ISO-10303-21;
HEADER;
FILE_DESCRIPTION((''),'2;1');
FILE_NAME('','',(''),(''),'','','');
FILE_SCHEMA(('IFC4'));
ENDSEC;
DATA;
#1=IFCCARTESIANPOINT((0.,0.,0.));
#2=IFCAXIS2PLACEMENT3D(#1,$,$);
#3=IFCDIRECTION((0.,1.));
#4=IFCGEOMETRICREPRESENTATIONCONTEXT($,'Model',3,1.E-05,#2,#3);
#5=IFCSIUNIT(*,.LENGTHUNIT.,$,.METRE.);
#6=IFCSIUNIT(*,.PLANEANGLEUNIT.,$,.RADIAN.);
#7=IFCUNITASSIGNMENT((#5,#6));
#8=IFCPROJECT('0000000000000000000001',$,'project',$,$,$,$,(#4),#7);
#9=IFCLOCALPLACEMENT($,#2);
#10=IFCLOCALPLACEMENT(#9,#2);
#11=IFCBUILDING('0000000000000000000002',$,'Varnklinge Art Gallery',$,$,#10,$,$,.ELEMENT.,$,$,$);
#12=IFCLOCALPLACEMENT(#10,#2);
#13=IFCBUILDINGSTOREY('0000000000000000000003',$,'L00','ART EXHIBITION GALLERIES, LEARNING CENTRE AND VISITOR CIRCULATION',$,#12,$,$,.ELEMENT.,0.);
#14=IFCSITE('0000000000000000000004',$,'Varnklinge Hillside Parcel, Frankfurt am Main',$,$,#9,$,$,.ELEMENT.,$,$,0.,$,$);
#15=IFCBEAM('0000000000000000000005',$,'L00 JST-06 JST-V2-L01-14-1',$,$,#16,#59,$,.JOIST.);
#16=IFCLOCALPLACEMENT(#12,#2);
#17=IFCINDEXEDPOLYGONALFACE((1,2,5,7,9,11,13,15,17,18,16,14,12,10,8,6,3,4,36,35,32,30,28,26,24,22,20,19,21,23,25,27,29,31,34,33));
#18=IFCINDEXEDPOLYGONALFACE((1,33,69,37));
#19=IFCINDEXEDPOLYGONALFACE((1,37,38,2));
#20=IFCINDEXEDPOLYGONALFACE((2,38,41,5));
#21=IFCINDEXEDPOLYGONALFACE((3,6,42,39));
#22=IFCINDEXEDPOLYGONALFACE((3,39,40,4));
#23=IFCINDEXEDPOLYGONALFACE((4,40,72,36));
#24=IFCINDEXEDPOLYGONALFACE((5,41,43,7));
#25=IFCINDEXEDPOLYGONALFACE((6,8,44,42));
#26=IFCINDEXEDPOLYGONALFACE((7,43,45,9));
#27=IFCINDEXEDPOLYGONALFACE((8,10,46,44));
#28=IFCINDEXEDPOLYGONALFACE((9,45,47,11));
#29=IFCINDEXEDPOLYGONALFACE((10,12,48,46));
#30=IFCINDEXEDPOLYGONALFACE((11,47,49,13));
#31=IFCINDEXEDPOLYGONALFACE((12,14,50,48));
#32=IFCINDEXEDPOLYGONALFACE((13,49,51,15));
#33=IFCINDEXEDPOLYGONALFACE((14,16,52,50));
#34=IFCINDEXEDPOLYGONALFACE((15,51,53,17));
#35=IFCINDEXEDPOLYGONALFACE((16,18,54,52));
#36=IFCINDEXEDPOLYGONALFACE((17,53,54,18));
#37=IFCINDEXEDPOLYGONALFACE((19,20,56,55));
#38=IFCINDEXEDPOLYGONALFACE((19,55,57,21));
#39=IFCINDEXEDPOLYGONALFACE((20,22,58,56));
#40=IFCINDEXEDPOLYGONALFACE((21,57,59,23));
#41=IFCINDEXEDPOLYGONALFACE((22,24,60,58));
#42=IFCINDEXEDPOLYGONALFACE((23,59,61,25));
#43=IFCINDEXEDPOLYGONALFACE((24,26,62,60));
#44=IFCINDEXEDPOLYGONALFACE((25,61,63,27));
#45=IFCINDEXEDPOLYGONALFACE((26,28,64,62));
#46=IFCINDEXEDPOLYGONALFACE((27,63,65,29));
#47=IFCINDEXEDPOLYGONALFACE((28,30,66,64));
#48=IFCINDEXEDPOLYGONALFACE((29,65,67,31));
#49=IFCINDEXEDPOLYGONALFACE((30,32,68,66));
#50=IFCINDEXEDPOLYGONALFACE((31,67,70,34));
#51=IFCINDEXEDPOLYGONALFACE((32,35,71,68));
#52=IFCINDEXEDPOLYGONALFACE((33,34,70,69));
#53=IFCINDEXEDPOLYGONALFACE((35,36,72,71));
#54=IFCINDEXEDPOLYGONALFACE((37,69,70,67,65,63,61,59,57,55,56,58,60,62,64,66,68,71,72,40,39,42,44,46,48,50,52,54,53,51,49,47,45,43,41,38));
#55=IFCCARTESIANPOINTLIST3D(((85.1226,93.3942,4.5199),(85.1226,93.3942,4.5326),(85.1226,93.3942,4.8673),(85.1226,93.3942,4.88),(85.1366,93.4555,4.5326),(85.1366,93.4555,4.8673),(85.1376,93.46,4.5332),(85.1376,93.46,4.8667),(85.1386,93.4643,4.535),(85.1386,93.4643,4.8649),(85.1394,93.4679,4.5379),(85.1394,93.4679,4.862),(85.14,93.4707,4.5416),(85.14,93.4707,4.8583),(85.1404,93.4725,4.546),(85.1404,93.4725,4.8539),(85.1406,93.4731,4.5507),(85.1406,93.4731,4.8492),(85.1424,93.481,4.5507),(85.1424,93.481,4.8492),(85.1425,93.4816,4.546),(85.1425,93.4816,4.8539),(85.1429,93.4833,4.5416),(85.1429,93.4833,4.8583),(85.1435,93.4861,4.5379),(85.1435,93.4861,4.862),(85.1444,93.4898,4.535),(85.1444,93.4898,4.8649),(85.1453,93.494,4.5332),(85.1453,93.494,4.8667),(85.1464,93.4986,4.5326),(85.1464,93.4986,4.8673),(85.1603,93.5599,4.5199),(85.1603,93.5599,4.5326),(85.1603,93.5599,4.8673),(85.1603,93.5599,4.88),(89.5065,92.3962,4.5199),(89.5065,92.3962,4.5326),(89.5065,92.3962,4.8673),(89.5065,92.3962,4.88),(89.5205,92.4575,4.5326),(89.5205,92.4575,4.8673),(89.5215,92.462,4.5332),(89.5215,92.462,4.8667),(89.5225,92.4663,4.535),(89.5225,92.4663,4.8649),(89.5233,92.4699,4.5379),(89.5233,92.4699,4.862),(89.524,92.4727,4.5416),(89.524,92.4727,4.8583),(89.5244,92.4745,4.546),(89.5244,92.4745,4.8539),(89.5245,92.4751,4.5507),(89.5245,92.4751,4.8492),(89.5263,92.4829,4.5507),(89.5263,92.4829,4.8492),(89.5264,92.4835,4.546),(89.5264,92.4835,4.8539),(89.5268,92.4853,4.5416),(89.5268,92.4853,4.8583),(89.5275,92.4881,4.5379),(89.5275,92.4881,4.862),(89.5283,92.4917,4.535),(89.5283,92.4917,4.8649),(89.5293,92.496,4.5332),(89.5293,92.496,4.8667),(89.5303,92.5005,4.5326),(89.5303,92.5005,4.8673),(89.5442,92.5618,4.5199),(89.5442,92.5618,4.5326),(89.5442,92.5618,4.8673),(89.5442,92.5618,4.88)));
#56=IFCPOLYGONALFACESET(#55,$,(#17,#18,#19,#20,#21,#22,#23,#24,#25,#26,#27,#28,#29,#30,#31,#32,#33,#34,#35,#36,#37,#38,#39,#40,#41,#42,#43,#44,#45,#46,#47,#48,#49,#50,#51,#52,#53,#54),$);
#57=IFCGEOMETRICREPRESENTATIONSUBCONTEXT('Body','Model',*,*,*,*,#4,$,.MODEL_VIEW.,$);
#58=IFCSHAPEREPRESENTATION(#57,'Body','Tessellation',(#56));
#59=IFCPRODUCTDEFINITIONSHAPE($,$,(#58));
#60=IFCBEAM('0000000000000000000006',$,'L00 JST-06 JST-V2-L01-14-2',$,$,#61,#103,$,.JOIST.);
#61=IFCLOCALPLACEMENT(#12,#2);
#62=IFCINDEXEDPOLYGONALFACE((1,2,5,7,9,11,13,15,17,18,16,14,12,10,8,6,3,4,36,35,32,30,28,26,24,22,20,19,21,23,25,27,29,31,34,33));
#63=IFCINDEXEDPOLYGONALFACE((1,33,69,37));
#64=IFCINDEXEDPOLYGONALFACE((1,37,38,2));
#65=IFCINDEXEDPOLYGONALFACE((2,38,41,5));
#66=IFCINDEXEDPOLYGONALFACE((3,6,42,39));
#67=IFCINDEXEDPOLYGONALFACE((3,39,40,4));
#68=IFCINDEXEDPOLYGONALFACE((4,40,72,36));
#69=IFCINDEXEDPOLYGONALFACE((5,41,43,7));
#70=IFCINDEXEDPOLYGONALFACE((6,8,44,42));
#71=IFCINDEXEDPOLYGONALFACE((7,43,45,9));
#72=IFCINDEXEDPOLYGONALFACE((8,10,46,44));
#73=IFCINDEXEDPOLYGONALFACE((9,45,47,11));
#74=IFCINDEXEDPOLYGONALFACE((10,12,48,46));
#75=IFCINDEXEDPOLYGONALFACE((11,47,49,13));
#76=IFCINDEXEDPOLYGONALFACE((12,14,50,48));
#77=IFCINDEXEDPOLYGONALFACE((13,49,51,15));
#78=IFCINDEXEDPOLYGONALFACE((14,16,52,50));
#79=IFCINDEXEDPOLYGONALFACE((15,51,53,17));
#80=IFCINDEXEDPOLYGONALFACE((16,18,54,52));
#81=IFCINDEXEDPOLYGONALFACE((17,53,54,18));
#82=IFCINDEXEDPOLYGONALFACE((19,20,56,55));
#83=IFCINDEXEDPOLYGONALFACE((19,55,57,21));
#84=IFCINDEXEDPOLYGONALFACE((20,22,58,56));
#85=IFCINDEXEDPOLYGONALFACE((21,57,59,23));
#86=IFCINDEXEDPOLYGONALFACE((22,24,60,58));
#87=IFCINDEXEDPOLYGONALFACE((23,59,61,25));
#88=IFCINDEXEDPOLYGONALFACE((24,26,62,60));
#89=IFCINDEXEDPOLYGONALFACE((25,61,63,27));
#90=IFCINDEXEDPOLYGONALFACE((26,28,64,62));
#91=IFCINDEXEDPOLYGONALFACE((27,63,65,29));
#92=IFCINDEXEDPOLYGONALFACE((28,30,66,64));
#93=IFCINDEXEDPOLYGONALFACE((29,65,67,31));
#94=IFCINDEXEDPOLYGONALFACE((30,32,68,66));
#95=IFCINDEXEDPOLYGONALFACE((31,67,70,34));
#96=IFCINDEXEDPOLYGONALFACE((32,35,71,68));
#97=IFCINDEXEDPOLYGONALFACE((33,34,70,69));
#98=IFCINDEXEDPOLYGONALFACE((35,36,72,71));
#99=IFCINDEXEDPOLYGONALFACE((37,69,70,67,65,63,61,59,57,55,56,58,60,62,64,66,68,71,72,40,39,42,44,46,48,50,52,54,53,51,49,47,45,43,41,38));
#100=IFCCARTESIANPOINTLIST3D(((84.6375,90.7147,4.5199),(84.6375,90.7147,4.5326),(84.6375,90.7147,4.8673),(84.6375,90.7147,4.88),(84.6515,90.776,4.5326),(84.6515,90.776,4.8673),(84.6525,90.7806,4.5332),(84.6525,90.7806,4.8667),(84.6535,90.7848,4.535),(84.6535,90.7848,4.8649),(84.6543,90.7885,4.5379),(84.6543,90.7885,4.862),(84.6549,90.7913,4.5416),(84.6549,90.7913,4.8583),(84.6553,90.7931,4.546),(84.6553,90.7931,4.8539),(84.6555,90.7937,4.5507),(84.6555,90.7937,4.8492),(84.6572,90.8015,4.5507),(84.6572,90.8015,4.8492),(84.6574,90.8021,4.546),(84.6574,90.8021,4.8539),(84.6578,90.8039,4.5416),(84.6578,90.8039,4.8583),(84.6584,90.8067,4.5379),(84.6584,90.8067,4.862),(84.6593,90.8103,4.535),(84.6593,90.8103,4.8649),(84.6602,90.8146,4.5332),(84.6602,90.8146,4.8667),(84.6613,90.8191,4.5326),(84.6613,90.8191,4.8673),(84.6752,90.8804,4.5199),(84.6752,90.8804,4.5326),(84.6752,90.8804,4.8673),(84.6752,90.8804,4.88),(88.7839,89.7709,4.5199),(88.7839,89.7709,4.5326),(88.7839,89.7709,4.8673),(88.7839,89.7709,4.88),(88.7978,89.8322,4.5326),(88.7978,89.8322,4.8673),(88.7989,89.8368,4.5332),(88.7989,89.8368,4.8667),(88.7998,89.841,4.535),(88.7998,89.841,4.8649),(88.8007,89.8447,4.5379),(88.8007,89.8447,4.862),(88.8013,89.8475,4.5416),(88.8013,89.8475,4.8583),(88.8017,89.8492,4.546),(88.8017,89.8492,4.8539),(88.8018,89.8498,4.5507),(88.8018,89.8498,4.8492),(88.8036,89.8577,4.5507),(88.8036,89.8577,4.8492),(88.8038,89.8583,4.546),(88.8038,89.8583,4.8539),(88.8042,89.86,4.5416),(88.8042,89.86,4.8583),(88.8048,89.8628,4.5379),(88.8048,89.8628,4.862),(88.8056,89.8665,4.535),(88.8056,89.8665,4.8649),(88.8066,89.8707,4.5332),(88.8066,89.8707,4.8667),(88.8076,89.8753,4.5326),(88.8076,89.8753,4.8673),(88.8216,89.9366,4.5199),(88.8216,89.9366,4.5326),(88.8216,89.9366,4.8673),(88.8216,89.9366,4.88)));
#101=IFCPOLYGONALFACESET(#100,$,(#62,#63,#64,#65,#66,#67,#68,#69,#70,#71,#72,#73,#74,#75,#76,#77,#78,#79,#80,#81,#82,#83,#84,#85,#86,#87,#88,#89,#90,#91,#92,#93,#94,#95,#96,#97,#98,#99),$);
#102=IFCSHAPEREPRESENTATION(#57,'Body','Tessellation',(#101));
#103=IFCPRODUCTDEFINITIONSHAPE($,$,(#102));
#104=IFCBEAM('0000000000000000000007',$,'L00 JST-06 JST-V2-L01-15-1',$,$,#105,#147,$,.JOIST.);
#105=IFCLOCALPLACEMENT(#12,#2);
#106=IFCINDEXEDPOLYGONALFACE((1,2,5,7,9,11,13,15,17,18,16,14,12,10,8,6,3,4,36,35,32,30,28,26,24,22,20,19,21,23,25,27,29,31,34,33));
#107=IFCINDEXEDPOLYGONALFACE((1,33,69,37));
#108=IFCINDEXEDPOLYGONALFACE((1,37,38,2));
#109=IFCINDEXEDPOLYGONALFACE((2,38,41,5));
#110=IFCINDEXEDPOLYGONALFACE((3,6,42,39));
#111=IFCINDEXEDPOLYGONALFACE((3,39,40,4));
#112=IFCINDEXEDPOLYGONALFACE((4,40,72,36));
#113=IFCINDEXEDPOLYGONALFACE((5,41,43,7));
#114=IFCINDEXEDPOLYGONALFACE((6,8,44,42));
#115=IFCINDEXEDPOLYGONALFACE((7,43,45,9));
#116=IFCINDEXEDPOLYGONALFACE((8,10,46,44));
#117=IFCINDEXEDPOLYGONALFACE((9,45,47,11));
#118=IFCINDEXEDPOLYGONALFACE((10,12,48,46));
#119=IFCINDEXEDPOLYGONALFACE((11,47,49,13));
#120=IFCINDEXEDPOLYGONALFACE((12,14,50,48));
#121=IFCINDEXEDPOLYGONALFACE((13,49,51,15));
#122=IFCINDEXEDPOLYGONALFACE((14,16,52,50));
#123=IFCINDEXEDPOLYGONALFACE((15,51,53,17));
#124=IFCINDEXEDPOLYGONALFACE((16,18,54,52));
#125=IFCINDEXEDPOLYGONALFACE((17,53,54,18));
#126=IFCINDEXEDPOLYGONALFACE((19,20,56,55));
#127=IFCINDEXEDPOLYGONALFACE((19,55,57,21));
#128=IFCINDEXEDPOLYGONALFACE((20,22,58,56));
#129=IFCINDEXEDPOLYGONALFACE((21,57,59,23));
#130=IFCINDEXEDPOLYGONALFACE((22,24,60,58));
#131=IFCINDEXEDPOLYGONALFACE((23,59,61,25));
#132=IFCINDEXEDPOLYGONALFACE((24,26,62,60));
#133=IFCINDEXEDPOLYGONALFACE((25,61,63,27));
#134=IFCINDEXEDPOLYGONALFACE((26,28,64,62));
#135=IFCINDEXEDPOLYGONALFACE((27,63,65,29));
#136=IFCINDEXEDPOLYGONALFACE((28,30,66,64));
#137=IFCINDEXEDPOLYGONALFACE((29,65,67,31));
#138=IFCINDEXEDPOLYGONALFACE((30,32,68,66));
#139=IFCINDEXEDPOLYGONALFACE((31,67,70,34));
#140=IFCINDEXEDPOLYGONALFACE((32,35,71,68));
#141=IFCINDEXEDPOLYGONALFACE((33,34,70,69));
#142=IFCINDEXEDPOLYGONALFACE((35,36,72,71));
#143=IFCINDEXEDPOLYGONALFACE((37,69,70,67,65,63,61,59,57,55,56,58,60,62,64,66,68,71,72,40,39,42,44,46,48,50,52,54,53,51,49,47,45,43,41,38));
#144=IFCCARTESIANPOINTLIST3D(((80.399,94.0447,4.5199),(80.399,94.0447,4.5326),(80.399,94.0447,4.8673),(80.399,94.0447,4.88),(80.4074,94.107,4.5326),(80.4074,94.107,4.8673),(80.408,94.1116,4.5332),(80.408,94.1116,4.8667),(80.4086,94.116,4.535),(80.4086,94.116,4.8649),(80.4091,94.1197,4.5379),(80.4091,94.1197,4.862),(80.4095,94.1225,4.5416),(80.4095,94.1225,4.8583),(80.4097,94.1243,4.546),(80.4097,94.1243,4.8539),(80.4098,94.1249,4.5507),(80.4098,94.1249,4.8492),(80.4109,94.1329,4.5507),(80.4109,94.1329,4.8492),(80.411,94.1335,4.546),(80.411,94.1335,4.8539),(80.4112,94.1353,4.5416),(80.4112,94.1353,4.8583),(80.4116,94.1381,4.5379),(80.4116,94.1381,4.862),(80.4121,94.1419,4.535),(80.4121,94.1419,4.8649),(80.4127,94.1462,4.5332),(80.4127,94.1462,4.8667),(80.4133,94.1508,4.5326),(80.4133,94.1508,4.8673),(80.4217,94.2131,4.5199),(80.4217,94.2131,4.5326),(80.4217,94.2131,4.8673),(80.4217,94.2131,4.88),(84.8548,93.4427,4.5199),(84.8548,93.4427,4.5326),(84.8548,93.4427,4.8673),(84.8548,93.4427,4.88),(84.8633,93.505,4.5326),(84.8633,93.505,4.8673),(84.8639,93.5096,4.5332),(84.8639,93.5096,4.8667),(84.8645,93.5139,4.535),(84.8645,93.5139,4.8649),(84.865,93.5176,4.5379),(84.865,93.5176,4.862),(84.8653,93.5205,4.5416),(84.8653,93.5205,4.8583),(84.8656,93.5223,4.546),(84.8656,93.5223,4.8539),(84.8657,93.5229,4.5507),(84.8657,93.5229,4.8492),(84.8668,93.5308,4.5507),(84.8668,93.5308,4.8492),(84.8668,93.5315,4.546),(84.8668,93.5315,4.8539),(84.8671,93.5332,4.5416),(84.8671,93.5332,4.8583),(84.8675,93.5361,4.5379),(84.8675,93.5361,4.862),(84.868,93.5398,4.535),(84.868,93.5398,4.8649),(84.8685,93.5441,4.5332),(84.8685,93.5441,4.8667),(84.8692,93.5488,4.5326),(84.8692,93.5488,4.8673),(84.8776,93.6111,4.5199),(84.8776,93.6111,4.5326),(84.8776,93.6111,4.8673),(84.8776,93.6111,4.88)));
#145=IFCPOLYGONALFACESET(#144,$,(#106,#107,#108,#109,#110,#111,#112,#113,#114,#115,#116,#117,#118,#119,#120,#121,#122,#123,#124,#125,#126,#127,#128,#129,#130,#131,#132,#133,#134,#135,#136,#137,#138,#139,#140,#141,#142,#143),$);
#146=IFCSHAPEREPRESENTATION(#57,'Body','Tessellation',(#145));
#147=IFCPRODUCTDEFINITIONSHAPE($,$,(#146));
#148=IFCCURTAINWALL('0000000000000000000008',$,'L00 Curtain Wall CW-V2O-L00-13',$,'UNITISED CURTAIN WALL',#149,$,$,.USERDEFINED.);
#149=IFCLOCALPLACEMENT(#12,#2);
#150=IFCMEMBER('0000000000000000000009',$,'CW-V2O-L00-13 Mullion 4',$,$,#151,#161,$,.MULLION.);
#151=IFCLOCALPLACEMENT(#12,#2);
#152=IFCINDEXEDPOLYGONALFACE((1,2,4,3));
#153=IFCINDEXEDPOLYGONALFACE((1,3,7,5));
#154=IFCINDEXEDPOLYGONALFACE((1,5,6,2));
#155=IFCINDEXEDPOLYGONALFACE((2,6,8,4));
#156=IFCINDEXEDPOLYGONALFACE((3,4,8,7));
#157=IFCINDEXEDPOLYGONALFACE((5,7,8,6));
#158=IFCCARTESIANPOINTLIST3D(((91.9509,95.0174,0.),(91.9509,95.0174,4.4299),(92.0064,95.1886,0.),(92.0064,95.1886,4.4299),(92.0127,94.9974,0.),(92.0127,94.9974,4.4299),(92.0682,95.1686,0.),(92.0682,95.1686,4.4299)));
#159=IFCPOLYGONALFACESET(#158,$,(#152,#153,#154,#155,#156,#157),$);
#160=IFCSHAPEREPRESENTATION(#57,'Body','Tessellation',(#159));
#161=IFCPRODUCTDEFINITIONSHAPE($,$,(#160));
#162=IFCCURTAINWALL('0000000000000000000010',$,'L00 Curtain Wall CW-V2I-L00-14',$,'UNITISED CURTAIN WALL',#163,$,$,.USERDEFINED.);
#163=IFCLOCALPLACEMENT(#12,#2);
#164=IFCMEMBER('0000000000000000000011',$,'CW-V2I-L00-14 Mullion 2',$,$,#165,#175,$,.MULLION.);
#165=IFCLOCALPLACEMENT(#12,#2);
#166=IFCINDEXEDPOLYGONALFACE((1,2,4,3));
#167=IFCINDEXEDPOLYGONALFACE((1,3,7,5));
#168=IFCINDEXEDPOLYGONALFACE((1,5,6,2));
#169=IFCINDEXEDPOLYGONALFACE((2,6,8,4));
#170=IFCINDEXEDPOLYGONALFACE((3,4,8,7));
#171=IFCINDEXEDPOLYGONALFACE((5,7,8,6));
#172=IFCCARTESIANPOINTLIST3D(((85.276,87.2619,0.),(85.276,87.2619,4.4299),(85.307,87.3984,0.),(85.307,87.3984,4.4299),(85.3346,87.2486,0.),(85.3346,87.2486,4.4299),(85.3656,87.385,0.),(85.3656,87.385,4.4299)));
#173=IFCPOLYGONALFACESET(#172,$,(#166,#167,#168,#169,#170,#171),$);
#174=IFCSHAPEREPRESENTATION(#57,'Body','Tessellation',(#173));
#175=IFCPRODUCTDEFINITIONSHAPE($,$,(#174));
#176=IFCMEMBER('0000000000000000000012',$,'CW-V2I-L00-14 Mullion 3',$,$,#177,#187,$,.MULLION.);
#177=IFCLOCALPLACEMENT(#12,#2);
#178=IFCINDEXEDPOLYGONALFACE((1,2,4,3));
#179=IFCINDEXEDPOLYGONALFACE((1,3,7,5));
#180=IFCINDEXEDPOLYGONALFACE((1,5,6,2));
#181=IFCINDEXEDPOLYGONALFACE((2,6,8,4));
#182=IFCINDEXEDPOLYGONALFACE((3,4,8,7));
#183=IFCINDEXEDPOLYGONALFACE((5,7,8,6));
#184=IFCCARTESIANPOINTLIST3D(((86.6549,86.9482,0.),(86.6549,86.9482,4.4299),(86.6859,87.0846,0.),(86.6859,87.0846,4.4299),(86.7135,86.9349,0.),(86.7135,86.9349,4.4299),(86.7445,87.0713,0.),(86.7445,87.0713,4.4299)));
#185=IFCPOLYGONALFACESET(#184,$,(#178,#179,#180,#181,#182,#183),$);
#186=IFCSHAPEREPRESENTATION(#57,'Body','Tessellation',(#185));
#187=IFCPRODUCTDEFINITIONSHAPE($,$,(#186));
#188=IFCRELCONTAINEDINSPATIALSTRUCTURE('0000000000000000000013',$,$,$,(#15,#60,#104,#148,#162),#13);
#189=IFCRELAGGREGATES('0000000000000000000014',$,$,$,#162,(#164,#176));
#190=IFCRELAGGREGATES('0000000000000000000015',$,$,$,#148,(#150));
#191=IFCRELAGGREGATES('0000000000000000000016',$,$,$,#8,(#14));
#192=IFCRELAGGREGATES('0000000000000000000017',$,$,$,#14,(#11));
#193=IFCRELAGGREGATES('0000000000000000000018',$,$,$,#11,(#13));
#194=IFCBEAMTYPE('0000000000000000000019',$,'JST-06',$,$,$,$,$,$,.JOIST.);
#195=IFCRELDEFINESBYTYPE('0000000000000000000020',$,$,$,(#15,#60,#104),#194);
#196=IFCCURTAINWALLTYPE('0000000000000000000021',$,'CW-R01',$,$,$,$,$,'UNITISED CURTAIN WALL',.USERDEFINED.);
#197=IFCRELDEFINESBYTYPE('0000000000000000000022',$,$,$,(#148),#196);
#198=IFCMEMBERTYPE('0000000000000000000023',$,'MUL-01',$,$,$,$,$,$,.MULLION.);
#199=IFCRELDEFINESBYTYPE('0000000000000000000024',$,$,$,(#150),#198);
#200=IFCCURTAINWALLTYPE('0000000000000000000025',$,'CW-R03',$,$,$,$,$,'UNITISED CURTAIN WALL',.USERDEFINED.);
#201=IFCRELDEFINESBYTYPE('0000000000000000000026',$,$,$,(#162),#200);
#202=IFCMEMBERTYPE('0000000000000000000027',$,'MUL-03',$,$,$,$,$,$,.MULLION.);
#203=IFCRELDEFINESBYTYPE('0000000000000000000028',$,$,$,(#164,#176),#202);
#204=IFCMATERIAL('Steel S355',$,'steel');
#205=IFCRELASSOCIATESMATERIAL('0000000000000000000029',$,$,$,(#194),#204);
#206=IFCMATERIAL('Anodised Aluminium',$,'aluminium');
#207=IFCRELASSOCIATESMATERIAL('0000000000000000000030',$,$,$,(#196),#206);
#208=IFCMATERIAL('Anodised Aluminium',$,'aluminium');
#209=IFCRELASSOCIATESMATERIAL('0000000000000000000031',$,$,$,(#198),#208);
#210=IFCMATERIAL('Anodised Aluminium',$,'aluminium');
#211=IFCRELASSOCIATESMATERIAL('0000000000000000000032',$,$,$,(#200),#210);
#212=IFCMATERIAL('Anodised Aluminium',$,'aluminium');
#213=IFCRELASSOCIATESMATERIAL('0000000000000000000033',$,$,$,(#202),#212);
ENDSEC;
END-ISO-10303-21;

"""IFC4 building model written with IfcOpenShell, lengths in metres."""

from ifc_helpers import new_model, si_unit, direction, frame, origin, origin_2d, place, context, subcontext, project, spatial, rectangle, i_section, extrude, material, material_profile, profile_set, type_object, element, aggregate, save


model = new_model("IFC4")

# Units and contexts
model_context = context("Model", 3, precision=1e-05, world=origin(), true_north=direction((0.0, 1.0)))
body_context = subcontext(model_context, "Body", "Model", "MODEL_VIEW")
ifc_project = project(units=[si_unit("LENGTHUNIT", "METRE"), si_unit("PLANEANGLEUNIT", "RADIAN")], contexts=[model_context])

# Site, building, storey
site_placement = place(None, origin())
site = spatial("IfcSite", under=ifc_project, at=site_placement, Name="Varnklinge Hillside Parcel, Frankfurt am Main", CompositionType="ELEMENT", RefElevation=0.0)
building_placement = place(site_placement, origin())
building = spatial("IfcBuilding", under=site, at=building_placement, Name="Varnklinge Art Gallery", CompositionType="ELEMENT")
storey_placement = place(building_placement, origin())
storey = spatial("IfcBuildingStorey", under=building, at=storey_placement, Name="L00", Description="ART EXHIBITION GALLERIES, LEARNING CENTRE AND VISITOR CIRCULATION", CompositionType="ELEMENT", Elevation=0.0)

# Beams
ifc_material_1 = material(Name="Steel S355", Category="steel")
ifc_material_profile_1 = material_profile(ifc_material_1, i_section(OverallWidth=0.1699, OverallDepth=0.3601, WebThickness=0.0081, FlangeThickness=0.0127, FilletRadius=0.0181, at=origin_2d()), Name="IPE 360")
ifc_profile_set_1 = profile_set([ifc_material_profile_1], Name="Steel S355")
beam_type_1 = type_object("IfcBeamType", Name="JST-06", PredefinedType="JOIST", material=ifc_profile_set_1)
beam_1_placement = place(storey_placement, frame((89.5254, 92.479, 4.7), z_axis=(-0.975052, 0.221975, 0.0), x_axis=(-0.221975, -0.975052, 0.0)))
element("IfcBeam", 1, at=beam_1_placement, inside=storey, type_object=beam_type_1, Name="L00 JST-06 JST-V2-L01-14-1", PredefinedType="JOIST", context=body_context, shape_type="SweptSolid", body=[
    extrude(i_section(OverallWidth=0.1699, OverallDepth=0.3601, WebThickness=0.0081, FlangeThickness=0.0127, FilletRadius=0.0181, at=origin_2d()), origin(), (0.0, 0.0, 1.0), 4.4961),
])
beam_2_placement = place(storey_placement, frame((88.8027, 89.8538, 4.7), z_axis=(-0.975058, 0.221949, 0.0), x_axis=(-0.221949, -0.975058, 0.0)))
element("IfcBeam", 2, at=beam_2_placement, inside=storey, type_object=beam_type_1, Name="L00 JST-06 JST-V2-L01-14-2", PredefinedType="JOIST", context=body_context, shape_type="SweptSolid", body=[
    extrude(i_section(OverallWidth=0.1699, OverallDepth=0.3601, WebThickness=0.0081, FlangeThickness=0.0127, FilletRadius=0.0181, at=origin_2d()), origin(), (0.0, 0.0, 1.0), 4.2524),
])
beam_3_placement = place(storey_placement, frame((84.8662, 93.5269, 4.7), z_axis=(-0.990995, 0.133899, 0.0), x_axis=(-0.133899, -0.990995, 0.0)))
element("IfcBeam", 3, at=beam_3_placement, inside=storey, type_object=beam_type_1, Name="L00 JST-06 JST-V2-L01-15-1", PredefinedType="JOIST", context=body_context, shape_type="SweptSolid", body=[
    extrude(i_section(OverallWidth=0.1699, OverallDepth=0.3601, WebThickness=0.0081, FlangeThickness=0.0127, FilletRadius=0.0181, at=origin_2d()), origin(), (0.0, 0.0, 1.0), 4.4963),
])

# Curtain wall, member
ifc_material_2 = material(Name="Anodised Aluminium", Category="aluminium")
curtain_wall_type_1 = type_object("IfcCurtainWallType", Name="CW-R01", ElementType="UNITISED CURTAIN WALL", PredefinedType="USERDEFINED", material=ifc_material_2)
curtain_wall_1_placement = place(storey_placement, origin())
curtain_wall_1 = element("IfcCurtainWall", 4, at=curtain_wall_1_placement, inside=storey, type_object=curtain_wall_type_1, Name="L00 Curtain Wall CW-V2O-L00-13", ObjectType="UNITISED CURTAIN WALL", PredefinedType="USERDEFINED")
ifc_material_3 = material(Name="Anodised Aluminium", Category="aluminium")
ifc_material_profile_2 = material_profile(ifc_material_3, rectangle(XDim=0.0649, YDim=0.1799, at=origin_2d()), Name="ALU 65x180")
ifc_profile_set_2 = profile_set([ifc_material_profile_2], Name="Anodised Aluminium")
member_type_1 = type_object("IfcMemberType", Name="MUL-01", PredefinedType="MULLION", material=ifc_profile_set_2)
member_1_placement = place(storey_placement, frame((92.0095, 95.093, 0.0), z_axis=(0.0, 0.0, 1.0), x_axis=(-0.951272, 0.308353, 0.0)))
member_1 = element("IfcMember", 5, at=member_1_placement, type_object=member_type_1, Name="CW-V2O-L00-13 Mullion 4", PredefinedType="MULLION", context=body_context, shape_type="SweptSolid", body=[
    extrude(rectangle(XDim=0.0649, YDim=0.1799, at=origin_2d()), origin(), (0.0, 0.0, 1.0), 4.4299),
])

# Curtain wall, members
ifc_material_4 = material(Name="Anodised Aluminium", Category="aluminium")
curtain_wall_type_2 = type_object("IfcCurtainWallType", Name="CW-R03", ElementType="UNITISED CURTAIN WALL", PredefinedType="USERDEFINED", material=ifc_material_4)
curtain_wall_2_placement = place(storey_placement, origin())
curtain_wall_2 = element("IfcCurtainWall", 6, at=curtain_wall_2_placement, inside=storey, type_object=curtain_wall_type_2, Name="L00 Curtain Wall CW-V2I-L00-14", ObjectType="UNITISED CURTAIN WALL", PredefinedType="USERDEFINED")
ifc_material_5 = material(Name="Anodised Aluminium", Category="aluminium")
ifc_material_profile_3 = material_profile(ifc_material_5, rectangle(XDim=0.0601, YDim=0.1399, at=origin_2d()), Name="ALU 60x140")
ifc_profile_set_3 = profile_set([ifc_material_profile_3], Name="Anodised Aluminium")
member_type_2 = type_object("IfcMemberType", Name="MUL-03", PredefinedType="MULLION", material=ifc_profile_set_3)
member_2_placement = place(storey_placement, frame((85.3208, 87.3235, 0.0), z_axis=(0.0, 0.0, 1.0), x_axis=(0.975072, -0.221889, 0.0)))
member_2 = element("IfcMember", 7, at=member_2_placement, type_object=member_type_2, Name="CW-V2I-L00-14 Mullion 2", PredefinedType="MULLION", context=body_context, shape_type="SweptSolid", body=[
    extrude(rectangle(XDim=0.0601, YDim=0.1399, at=origin_2d()), origin(), (0.0, 0.0, 1.0), 4.4299),
])
member_3_placement = place(storey_placement, frame((86.6997, 87.0098, 0.0), z_axis=(0.0, 0.0, 1.0), x_axis=(0.975072, -0.221889, 0.0)))
member_3 = element("IfcMember", 8, at=member_3_placement, type_object=member_type_2, Name="CW-V2I-L00-14 Mullion 3", PredefinedType="MULLION", context=body_context, shape_type="SweptSolid", body=[
    extrude(rectangle(XDim=0.0601, YDim=0.1399, at=origin_2d()), origin(), (0.0, 0.0, 1.0), 4.4299),
])

aggregate(curtain_wall_2, [member_2, member_3])
aggregate(curtain_wall_1, [member_1])

save(model, "model.ifc")
